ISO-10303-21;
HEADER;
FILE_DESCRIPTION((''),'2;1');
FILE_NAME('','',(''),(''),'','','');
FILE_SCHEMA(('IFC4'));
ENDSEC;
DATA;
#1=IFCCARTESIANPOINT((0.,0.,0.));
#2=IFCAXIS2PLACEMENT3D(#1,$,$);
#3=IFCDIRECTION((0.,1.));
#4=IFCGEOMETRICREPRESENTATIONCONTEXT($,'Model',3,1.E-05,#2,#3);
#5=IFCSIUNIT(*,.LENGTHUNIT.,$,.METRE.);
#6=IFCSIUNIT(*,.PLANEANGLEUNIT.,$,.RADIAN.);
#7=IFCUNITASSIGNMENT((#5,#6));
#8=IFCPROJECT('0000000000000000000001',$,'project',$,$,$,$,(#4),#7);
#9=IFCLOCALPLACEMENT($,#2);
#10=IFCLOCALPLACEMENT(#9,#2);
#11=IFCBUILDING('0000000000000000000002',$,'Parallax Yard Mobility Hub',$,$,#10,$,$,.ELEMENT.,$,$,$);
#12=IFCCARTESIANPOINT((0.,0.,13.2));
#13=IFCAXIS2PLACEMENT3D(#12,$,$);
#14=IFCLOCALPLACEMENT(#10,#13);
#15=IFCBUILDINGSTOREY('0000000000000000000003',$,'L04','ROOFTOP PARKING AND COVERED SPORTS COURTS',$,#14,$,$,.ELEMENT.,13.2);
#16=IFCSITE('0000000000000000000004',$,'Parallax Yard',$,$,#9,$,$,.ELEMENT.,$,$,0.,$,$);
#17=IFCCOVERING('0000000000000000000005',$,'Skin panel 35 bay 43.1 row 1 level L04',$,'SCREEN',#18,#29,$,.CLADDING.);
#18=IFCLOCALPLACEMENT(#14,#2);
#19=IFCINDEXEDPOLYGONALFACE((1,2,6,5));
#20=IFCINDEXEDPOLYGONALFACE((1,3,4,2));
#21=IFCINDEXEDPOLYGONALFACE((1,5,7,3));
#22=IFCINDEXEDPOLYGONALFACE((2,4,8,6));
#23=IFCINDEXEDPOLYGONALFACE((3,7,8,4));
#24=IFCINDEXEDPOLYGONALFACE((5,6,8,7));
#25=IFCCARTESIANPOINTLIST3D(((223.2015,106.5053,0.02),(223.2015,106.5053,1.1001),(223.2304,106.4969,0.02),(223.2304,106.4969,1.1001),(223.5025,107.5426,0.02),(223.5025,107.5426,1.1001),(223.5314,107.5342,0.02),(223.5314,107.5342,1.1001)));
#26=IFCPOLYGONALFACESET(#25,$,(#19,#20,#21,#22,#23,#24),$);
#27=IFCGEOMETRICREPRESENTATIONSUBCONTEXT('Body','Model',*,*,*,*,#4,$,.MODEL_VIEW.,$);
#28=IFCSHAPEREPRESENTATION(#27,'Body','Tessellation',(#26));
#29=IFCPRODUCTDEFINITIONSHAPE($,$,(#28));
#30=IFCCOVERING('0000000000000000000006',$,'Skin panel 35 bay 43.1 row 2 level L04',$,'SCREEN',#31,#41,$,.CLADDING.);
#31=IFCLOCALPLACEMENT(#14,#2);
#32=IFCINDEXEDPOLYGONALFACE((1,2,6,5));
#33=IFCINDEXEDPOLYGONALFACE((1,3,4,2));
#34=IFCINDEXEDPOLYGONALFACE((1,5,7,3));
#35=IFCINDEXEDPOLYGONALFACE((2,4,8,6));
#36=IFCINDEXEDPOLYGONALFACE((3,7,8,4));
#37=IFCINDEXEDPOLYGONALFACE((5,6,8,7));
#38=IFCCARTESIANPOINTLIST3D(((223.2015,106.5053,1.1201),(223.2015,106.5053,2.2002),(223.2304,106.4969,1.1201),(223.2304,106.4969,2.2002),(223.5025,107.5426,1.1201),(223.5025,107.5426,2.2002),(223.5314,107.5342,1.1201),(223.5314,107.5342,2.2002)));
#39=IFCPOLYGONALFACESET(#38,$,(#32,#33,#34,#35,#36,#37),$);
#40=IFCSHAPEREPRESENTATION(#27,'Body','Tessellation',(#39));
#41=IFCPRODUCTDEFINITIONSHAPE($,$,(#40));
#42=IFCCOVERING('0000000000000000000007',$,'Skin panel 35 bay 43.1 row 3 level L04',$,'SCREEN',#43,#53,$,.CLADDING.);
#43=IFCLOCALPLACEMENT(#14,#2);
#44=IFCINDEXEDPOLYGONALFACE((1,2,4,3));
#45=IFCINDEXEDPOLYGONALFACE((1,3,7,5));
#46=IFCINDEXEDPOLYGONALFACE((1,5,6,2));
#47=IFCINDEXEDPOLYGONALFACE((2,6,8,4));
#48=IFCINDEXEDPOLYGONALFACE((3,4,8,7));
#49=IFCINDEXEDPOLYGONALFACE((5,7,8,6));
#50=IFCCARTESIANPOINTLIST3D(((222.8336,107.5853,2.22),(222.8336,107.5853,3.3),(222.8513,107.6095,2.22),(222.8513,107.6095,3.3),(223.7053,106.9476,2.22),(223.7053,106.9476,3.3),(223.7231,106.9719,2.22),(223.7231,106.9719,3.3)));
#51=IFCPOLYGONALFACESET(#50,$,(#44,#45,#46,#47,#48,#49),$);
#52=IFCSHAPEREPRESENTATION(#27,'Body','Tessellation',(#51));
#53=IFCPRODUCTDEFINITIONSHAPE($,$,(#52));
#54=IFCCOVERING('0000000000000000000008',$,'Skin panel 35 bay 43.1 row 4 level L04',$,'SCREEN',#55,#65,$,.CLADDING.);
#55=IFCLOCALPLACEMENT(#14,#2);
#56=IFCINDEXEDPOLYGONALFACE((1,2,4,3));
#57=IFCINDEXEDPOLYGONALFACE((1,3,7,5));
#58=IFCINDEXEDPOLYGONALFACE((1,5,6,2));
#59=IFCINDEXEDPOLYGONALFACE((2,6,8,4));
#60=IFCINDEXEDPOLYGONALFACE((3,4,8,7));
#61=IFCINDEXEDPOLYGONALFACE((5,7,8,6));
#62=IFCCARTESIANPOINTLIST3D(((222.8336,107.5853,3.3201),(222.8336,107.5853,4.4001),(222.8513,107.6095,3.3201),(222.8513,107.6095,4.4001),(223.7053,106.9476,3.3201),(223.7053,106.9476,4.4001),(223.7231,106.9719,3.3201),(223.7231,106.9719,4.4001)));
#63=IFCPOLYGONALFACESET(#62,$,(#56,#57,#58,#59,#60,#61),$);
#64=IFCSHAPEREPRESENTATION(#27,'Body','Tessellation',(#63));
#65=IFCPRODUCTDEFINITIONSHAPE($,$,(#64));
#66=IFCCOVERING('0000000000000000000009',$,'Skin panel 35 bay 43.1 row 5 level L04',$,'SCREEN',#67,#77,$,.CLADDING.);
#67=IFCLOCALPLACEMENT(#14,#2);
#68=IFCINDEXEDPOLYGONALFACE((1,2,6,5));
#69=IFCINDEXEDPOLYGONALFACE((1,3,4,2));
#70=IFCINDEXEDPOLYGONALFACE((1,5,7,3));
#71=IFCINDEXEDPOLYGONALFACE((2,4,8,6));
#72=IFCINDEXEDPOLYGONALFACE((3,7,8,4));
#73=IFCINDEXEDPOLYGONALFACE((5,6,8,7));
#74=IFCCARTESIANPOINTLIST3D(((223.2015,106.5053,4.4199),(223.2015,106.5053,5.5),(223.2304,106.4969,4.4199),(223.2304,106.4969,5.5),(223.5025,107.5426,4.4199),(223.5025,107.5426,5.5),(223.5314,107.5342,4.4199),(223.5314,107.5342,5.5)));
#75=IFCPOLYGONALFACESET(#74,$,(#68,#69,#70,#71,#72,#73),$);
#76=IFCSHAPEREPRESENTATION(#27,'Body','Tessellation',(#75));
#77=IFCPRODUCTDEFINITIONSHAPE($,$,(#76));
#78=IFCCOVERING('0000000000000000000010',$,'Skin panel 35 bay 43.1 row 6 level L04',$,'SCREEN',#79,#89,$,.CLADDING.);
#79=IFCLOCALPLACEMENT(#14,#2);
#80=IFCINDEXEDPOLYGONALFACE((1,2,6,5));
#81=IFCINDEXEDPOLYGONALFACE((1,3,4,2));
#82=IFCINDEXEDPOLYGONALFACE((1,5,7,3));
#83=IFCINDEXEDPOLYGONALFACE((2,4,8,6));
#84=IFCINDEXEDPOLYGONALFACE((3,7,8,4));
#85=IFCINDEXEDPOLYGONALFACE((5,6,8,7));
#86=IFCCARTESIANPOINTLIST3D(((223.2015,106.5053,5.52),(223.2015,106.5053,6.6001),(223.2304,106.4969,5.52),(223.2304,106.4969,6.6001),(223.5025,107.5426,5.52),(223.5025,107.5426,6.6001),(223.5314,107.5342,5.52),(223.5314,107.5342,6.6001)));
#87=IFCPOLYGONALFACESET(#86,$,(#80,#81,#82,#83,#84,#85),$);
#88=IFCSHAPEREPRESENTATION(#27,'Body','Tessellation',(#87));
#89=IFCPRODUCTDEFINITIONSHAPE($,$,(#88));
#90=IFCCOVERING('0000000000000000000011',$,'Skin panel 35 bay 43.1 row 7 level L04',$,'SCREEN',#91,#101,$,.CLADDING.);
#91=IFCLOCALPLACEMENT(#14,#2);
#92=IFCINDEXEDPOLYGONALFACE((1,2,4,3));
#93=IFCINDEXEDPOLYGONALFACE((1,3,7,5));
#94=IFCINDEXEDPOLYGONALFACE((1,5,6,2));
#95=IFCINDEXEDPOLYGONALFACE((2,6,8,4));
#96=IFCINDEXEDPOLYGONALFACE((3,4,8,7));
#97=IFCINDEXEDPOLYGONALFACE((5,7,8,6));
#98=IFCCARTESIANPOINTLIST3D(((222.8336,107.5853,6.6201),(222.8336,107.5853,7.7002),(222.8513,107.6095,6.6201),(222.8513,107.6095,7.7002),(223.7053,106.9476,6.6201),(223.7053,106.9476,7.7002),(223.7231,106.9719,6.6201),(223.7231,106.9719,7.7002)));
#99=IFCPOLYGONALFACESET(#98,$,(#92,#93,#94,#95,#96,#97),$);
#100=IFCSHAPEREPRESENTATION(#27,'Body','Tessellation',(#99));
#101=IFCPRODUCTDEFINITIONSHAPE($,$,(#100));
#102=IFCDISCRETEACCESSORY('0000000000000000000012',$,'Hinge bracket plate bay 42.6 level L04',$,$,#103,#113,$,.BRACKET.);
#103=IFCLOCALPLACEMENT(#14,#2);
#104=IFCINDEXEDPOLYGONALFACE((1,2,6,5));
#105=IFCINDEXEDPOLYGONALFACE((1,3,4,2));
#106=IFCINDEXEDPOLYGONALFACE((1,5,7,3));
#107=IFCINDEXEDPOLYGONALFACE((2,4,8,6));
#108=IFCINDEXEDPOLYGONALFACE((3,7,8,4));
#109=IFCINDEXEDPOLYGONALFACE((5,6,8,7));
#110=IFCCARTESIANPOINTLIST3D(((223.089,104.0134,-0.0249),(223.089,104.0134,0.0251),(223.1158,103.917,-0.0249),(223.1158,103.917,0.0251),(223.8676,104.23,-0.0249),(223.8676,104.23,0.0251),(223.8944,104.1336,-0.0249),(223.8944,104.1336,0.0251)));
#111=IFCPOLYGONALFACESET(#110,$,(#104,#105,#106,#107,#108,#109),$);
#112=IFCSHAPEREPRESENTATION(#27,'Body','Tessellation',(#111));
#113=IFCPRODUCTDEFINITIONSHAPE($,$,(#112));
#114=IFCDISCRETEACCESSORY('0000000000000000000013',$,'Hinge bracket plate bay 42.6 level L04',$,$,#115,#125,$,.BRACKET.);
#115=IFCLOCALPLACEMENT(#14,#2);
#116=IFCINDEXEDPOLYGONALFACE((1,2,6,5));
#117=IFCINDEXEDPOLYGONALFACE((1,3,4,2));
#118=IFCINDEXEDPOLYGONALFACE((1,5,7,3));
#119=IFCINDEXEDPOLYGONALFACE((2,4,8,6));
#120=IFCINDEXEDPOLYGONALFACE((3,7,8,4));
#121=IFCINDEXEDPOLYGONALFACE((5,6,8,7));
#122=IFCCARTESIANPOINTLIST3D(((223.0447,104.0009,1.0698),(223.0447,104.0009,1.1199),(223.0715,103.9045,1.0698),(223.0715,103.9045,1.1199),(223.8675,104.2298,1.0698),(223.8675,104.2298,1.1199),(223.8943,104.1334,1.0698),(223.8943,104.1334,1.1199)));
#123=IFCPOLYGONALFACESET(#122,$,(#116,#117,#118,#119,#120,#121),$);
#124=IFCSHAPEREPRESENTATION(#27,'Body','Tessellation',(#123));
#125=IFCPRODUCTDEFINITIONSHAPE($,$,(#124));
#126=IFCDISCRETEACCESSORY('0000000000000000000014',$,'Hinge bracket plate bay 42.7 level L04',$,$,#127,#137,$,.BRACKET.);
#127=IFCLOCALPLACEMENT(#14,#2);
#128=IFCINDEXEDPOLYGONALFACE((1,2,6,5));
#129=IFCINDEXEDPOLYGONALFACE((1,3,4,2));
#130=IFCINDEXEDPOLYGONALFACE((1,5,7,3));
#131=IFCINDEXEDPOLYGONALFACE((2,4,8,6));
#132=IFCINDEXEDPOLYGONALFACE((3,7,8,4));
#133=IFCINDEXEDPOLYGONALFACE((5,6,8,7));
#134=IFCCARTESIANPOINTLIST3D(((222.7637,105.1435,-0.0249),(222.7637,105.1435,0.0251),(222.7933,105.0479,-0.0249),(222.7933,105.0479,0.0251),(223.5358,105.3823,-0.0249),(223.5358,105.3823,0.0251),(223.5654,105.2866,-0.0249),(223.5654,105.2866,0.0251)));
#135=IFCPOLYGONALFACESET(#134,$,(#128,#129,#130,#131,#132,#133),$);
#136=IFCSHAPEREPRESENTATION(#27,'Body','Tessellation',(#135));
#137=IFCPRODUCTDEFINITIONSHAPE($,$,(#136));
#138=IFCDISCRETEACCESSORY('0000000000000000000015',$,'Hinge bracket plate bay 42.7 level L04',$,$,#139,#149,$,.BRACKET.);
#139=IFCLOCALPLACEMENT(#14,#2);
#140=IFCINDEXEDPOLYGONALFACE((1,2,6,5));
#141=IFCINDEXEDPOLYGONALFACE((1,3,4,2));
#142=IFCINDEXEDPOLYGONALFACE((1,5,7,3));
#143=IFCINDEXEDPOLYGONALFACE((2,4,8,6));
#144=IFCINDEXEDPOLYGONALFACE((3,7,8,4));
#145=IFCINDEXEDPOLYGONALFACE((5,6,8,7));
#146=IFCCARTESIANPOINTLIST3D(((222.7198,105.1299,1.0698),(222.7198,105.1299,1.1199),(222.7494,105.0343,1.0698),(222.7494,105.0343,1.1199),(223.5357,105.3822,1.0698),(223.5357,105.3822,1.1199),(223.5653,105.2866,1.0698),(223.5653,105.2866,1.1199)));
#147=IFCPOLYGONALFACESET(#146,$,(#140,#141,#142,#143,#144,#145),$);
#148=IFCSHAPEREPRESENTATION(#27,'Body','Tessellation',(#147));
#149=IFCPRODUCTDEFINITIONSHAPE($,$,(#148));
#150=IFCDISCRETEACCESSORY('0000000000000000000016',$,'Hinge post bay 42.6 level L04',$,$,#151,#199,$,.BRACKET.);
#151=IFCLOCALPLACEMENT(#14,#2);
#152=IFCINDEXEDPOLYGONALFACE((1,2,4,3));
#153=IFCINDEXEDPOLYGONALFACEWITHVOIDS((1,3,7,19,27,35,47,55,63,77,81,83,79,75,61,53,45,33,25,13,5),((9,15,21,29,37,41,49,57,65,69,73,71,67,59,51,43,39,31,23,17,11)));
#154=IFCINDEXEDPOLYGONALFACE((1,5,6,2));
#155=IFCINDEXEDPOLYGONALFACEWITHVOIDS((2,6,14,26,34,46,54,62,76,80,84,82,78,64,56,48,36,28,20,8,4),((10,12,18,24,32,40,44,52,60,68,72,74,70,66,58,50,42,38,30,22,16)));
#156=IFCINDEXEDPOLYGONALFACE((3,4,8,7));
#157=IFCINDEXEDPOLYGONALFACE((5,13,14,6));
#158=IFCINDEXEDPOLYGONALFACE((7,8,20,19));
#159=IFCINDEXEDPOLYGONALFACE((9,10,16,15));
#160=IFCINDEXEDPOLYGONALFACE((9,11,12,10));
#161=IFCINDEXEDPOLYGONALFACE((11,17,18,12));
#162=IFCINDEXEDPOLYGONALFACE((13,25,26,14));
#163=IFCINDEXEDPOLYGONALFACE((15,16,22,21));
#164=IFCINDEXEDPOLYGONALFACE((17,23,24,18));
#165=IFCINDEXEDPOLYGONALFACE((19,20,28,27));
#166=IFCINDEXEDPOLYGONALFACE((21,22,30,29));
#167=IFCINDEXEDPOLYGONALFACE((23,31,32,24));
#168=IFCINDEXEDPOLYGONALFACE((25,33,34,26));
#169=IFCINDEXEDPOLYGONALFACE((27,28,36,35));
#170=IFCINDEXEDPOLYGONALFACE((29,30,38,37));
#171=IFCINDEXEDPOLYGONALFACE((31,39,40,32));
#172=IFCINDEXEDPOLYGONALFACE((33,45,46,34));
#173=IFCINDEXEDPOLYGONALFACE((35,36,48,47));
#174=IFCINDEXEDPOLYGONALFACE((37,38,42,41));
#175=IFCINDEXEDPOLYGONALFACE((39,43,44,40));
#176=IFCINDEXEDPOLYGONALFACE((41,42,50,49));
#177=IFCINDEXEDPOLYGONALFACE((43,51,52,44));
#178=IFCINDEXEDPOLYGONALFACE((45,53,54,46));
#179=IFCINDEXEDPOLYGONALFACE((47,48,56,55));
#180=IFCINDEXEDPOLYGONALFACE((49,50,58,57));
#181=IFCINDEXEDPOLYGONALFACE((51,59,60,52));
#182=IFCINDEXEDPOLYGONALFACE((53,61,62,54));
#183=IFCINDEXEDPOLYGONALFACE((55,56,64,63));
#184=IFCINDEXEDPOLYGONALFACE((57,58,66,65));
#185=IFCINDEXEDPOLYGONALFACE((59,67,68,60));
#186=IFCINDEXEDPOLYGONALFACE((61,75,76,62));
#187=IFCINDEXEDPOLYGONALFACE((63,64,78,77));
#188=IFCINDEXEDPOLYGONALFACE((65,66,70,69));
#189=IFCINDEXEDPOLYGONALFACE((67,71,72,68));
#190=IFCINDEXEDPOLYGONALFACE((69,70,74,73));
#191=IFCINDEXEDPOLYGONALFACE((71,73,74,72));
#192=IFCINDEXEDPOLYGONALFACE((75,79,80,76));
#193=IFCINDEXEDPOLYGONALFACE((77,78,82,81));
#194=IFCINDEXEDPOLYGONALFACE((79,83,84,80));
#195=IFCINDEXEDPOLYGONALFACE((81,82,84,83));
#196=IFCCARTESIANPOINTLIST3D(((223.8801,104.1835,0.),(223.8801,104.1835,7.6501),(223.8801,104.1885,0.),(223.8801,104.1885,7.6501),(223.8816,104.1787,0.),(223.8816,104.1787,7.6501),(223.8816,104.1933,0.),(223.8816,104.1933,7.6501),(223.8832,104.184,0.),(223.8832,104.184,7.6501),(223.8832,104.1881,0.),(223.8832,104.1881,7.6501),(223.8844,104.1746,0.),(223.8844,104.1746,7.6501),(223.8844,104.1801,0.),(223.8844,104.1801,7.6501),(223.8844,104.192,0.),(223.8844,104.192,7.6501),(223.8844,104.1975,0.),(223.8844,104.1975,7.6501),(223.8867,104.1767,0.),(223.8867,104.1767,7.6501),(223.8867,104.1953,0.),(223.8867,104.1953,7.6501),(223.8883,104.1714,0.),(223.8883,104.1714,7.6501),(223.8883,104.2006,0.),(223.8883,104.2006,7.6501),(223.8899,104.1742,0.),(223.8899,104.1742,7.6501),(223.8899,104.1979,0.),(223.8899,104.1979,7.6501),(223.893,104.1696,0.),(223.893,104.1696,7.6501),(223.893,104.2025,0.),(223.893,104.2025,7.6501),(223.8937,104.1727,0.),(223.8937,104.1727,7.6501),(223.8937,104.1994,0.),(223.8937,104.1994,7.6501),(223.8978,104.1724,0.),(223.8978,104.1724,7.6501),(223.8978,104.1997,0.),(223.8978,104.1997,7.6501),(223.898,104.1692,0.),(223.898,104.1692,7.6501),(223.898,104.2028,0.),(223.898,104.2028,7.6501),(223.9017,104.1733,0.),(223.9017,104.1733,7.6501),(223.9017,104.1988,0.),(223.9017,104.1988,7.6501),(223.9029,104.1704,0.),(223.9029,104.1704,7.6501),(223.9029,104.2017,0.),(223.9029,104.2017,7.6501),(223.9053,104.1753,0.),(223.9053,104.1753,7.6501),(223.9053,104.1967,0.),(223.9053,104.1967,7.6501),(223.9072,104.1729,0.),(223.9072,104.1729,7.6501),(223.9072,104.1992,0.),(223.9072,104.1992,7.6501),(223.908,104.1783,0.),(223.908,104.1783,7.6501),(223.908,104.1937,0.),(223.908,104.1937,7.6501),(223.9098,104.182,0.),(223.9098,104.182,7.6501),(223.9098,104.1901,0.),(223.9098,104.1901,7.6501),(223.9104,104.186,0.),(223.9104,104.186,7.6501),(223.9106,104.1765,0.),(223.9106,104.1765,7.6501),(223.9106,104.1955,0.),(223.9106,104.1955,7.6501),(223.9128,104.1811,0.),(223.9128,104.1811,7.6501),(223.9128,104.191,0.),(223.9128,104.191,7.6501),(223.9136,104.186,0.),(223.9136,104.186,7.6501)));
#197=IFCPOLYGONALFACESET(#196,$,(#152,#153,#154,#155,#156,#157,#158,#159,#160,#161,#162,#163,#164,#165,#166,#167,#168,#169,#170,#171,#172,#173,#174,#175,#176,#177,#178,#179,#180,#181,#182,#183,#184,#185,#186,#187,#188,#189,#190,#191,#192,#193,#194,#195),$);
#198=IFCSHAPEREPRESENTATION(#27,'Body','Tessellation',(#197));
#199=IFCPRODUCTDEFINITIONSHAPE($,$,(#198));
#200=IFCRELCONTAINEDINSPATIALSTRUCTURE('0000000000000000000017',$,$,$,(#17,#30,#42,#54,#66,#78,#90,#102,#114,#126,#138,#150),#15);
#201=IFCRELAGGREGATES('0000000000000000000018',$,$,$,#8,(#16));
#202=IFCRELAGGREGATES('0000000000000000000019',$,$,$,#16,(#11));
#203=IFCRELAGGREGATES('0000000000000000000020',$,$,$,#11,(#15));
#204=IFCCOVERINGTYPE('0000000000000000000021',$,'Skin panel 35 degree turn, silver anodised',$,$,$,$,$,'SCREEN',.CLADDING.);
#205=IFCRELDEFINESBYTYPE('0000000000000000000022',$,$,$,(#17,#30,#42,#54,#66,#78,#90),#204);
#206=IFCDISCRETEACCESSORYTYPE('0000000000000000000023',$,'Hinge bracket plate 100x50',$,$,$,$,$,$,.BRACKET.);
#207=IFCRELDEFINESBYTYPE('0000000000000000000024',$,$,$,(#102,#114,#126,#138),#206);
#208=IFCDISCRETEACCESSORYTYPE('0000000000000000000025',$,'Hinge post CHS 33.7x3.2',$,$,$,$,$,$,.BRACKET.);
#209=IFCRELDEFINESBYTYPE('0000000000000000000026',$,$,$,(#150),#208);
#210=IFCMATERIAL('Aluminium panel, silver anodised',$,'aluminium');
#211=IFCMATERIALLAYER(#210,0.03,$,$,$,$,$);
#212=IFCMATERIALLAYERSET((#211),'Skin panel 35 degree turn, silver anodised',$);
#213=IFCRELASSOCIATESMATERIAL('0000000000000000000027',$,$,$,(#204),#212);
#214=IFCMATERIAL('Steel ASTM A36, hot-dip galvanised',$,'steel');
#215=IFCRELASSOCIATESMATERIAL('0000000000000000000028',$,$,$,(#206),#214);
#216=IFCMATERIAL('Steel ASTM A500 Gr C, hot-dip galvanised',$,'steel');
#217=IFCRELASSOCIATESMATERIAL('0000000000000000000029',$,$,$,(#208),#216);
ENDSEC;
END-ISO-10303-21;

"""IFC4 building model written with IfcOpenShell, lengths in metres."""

from ifc_helpers import new_model, si_unit, direction, frame, origin, origin_2d, place, context, subcontext, project, spatial, rectangle, hollow_circle, extrude, material, layer, layer_set, material_profile, profile_set, type_object, element, save


model = new_model("IFC4")

# Units and contexts
model_context = context("Model", 3, precision=1e-05, world=origin(), true_north=direction((0.0, 1.0)))
body_context = subcontext(model_context, "Body", "Model", "MODEL_VIEW")
ifc_project = project(units=[si_unit("LENGTHUNIT", "METRE"), si_unit("PLANEANGLEUNIT", "RADIAN")], contexts=[model_context])

# Site, building, storey
site_placement = place(None, origin())
site = spatial("IfcSite", under=ifc_project, at=site_placement, Name="Parallax Yard", CompositionType="ELEMENT", RefElevation=0.0)
building_placement = place(site_placement, origin())
building = spatial("IfcBuilding", under=site, at=building_placement, Name="Parallax Yard Mobility Hub", CompositionType="ELEMENT")
storey_placement = place(building_placement, frame((0.0, 0.0, 13.2)))
storey = spatial("IfcBuildingStorey", under=building, at=storey_placement, Name="L04", Description="ROOFTOP PARKING AND COVERED SPORTS COURTS", CompositionType="ELEMENT", Elevation=13.2)

# Coverings
ifc_material_1 = material(Name="Aluminium panel, silver anodised", Category="aluminium")
ifc_layer_1 = layer(ifc_material_1, 0.03)
ifc_layer_set_1 = layer_set([ifc_layer_1], Name="Skin panel 35 degree turn, silver anodised")
covering_type_1 = type_object("IfcCoveringType", Name="Skin panel 35 degree turn, silver anodised", ElementType="SCREEN", PredefinedType="CLADDING", material=ifc_layer_set_1)
for number, where, z_axis, x_axis, name in (
    (1, (223.3665, 107.0198, 0.02), (0.0, 0.0, 1.0), (0.278686, 0.960382, 0.0), "Skin panel 35 bay 43.1 row 1 level L04"),
    (2, (223.3665, 107.0198, 1.1201), (0.0, 0.0, 1.0), (0.278686, 0.960382, 0.0), "Skin panel 35 bay 43.1 row 2 level L04"),
    (3, (223.2783, 107.2786, 2.22), (0.0, 0.0, 1.0), (0.807148, -0.590349, 0.0), "Skin panel 35 bay 43.1 row 3 level L04"),
    (4, (223.2783, 107.2786, 3.3201), (0.0, 0.0, 1.0), (0.807148, -0.590349, 0.0), "Skin panel 35 bay 43.1 row 4 level L04"),
    (5, (223.3665, 107.0198, 4.4199), (0.0, 0.0, 1.0), (0.278686, 0.960382, 0.0), "Skin panel 35 bay 43.1 row 5 level L04"),
    (6, (223.3665, 107.0198, 5.52), (0.0, 0.0, 1.0), (0.278686, 0.960382, 0.0), "Skin panel 35 bay 43.1 row 6 level L04"),
    (7, (223.2783, 107.2786, 6.6201), (0.0, 0.0, 1.0), (0.807148, -0.590349, 0.0), "Skin panel 35 bay 43.1 row 7 level L04"),
):
    element("IfcCovering", number, at=place(storey_placement, frame(where, z_axis=z_axis, x_axis=x_axis)), inside=storey, type_object=covering_type_1, Name=name, ObjectType="SCREEN", PredefinedType="CLADDING", context=body_context, shape_type="SweptSolid", body=[
        extrude(rectangle(XDim=1.0801, YDim=0.03, at=origin_2d()), origin(), (0.0, 0.0, 1.0), 1.0801),
    ])

# Discrete accessories
ifc_material_2 = material(Name="Steel ASTM A36, hot-dip galvanised", Category="steel")
discrete_accessory_type_1 = type_object("IfcDiscreteAccessoryType", Name="Hinge bracket plate 100x50", PredefinedType="BRACKET", material=ifc_material_2)
discrete_accessory_1_placement = place(storey_placement, frame((223.4917, 104.0735, -0.0249), z_axis=(0.0, 0.0, 1.0), x_axis=(0.963418, 0.268004, 0.0)))
element("IfcDiscreteAccessory", 8, at=discrete_accessory_1_placement, inside=storey, type_object=discrete_accessory_type_1, Name="Hinge bracket plate bay 42.6 level L04", PredefinedType="BRACKET", context=body_context, shape_type="SweptSolid", body=[
    extrude(rectangle(XDim=0.8081, YDim=0.1001, at=origin_2d()), origin(), (0.0, 0.0, 1.0), 0.05),
])
discrete_accessory_2_placement = place(storey_placement, frame((223.4695, 104.0671, 1.0698), z_axis=(0.0, 0.0, 1.0), x_axis=(0.963418, 0.268004, 0.0)))
element("IfcDiscreteAccessory", 9, at=discrete_accessory_2_placement, inside=storey, type_object=discrete_accessory_type_1, Name="Hinge bracket plate bay 42.6 level L04", PredefinedType="BRACKET", context=body_context, shape_type="SweptSolid", body=[
    extrude(rectangle(XDim=0.854, YDim=0.1001, at=origin_2d()), origin(), (0.0, 0.0, 1.0), 0.05),
])
discrete_accessory_3_placement = place(storey_placement, frame((223.1646, 105.2151, -0.0249), z_axis=(0.0, 0.0, 1.0), x_axis=(0.955372, 0.295405, 0.0)))
element("IfcDiscreteAccessory", 10, at=discrete_accessory_3_placement, inside=storey, type_object=discrete_accessory_type_1, Name="Hinge bracket plate bay 42.7 level L04", PredefinedType="BRACKET", context=body_context, shape_type="SweptSolid", body=[
    extrude(rectangle(XDim=0.8081, YDim=0.1001, at=origin_2d()), origin(), (0.0, 0.0, 1.0), 0.05),
])
discrete_accessory_4_placement = place(storey_placement, frame((223.1426, 105.2083, 1.0698), z_axis=(0.0, 0.0, 1.0), x_axis=(0.955372, 0.295405, 0.0)))
element("IfcDiscreteAccessory", 11, at=discrete_accessory_4_placement, inside=storey, type_object=discrete_accessory_type_1, Name="Hinge bracket plate bay 42.7 level L04", PredefinedType="BRACKET", context=body_context, shape_type="SweptSolid", body=[
    extrude(rectangle(XDim=0.854, YDim=0.1001, at=origin_2d()), origin(), (0.0, 0.0, 1.0), 0.05),
])
ifc_material_3 = material(Name="Steel ASTM A500 Gr C, hot-dip galvanised", Category="steel")
ifc_material_profile = material_profile(ifc_material_3, hollow_circle(Radius=0.0168, WallThickness=0.0032, at=origin_2d()), Name="CHS 33.7x3.2")
ifc_profile_set = profile_set([ifc_material_profile], Name="Steel ASTM A500 Gr C, hot-dip galvanised")
discrete_accessory_type_2 = type_object("IfcDiscreteAccessoryType", Name="Hinge post CHS 33.7x3.2", PredefinedType="BRACKET", material=ifc_profile_set)
discrete_accessory_5_placement = place(storey_placement, frame((223.8967, 104.186, 0.0), z_axis=(0.0, 0.0, 1.0), x_axis=(1.0, 0.0, 0.0)))
element("IfcDiscreteAccessory", 12, at=discrete_accessory_5_placement, inside=storey, type_object=discrete_accessory_type_2, Name="Hinge post bay 42.6 level L04", PredefinedType="BRACKET", context=body_context, shape_type="SweptSolid", body=[
    extrude(hollow_circle(Radius=0.0168, WallThickness=0.0032, at=origin_2d()), origin(), (0.0, 0.0, 1.0), 7.6501),
])

save(model, "model.ifc")
